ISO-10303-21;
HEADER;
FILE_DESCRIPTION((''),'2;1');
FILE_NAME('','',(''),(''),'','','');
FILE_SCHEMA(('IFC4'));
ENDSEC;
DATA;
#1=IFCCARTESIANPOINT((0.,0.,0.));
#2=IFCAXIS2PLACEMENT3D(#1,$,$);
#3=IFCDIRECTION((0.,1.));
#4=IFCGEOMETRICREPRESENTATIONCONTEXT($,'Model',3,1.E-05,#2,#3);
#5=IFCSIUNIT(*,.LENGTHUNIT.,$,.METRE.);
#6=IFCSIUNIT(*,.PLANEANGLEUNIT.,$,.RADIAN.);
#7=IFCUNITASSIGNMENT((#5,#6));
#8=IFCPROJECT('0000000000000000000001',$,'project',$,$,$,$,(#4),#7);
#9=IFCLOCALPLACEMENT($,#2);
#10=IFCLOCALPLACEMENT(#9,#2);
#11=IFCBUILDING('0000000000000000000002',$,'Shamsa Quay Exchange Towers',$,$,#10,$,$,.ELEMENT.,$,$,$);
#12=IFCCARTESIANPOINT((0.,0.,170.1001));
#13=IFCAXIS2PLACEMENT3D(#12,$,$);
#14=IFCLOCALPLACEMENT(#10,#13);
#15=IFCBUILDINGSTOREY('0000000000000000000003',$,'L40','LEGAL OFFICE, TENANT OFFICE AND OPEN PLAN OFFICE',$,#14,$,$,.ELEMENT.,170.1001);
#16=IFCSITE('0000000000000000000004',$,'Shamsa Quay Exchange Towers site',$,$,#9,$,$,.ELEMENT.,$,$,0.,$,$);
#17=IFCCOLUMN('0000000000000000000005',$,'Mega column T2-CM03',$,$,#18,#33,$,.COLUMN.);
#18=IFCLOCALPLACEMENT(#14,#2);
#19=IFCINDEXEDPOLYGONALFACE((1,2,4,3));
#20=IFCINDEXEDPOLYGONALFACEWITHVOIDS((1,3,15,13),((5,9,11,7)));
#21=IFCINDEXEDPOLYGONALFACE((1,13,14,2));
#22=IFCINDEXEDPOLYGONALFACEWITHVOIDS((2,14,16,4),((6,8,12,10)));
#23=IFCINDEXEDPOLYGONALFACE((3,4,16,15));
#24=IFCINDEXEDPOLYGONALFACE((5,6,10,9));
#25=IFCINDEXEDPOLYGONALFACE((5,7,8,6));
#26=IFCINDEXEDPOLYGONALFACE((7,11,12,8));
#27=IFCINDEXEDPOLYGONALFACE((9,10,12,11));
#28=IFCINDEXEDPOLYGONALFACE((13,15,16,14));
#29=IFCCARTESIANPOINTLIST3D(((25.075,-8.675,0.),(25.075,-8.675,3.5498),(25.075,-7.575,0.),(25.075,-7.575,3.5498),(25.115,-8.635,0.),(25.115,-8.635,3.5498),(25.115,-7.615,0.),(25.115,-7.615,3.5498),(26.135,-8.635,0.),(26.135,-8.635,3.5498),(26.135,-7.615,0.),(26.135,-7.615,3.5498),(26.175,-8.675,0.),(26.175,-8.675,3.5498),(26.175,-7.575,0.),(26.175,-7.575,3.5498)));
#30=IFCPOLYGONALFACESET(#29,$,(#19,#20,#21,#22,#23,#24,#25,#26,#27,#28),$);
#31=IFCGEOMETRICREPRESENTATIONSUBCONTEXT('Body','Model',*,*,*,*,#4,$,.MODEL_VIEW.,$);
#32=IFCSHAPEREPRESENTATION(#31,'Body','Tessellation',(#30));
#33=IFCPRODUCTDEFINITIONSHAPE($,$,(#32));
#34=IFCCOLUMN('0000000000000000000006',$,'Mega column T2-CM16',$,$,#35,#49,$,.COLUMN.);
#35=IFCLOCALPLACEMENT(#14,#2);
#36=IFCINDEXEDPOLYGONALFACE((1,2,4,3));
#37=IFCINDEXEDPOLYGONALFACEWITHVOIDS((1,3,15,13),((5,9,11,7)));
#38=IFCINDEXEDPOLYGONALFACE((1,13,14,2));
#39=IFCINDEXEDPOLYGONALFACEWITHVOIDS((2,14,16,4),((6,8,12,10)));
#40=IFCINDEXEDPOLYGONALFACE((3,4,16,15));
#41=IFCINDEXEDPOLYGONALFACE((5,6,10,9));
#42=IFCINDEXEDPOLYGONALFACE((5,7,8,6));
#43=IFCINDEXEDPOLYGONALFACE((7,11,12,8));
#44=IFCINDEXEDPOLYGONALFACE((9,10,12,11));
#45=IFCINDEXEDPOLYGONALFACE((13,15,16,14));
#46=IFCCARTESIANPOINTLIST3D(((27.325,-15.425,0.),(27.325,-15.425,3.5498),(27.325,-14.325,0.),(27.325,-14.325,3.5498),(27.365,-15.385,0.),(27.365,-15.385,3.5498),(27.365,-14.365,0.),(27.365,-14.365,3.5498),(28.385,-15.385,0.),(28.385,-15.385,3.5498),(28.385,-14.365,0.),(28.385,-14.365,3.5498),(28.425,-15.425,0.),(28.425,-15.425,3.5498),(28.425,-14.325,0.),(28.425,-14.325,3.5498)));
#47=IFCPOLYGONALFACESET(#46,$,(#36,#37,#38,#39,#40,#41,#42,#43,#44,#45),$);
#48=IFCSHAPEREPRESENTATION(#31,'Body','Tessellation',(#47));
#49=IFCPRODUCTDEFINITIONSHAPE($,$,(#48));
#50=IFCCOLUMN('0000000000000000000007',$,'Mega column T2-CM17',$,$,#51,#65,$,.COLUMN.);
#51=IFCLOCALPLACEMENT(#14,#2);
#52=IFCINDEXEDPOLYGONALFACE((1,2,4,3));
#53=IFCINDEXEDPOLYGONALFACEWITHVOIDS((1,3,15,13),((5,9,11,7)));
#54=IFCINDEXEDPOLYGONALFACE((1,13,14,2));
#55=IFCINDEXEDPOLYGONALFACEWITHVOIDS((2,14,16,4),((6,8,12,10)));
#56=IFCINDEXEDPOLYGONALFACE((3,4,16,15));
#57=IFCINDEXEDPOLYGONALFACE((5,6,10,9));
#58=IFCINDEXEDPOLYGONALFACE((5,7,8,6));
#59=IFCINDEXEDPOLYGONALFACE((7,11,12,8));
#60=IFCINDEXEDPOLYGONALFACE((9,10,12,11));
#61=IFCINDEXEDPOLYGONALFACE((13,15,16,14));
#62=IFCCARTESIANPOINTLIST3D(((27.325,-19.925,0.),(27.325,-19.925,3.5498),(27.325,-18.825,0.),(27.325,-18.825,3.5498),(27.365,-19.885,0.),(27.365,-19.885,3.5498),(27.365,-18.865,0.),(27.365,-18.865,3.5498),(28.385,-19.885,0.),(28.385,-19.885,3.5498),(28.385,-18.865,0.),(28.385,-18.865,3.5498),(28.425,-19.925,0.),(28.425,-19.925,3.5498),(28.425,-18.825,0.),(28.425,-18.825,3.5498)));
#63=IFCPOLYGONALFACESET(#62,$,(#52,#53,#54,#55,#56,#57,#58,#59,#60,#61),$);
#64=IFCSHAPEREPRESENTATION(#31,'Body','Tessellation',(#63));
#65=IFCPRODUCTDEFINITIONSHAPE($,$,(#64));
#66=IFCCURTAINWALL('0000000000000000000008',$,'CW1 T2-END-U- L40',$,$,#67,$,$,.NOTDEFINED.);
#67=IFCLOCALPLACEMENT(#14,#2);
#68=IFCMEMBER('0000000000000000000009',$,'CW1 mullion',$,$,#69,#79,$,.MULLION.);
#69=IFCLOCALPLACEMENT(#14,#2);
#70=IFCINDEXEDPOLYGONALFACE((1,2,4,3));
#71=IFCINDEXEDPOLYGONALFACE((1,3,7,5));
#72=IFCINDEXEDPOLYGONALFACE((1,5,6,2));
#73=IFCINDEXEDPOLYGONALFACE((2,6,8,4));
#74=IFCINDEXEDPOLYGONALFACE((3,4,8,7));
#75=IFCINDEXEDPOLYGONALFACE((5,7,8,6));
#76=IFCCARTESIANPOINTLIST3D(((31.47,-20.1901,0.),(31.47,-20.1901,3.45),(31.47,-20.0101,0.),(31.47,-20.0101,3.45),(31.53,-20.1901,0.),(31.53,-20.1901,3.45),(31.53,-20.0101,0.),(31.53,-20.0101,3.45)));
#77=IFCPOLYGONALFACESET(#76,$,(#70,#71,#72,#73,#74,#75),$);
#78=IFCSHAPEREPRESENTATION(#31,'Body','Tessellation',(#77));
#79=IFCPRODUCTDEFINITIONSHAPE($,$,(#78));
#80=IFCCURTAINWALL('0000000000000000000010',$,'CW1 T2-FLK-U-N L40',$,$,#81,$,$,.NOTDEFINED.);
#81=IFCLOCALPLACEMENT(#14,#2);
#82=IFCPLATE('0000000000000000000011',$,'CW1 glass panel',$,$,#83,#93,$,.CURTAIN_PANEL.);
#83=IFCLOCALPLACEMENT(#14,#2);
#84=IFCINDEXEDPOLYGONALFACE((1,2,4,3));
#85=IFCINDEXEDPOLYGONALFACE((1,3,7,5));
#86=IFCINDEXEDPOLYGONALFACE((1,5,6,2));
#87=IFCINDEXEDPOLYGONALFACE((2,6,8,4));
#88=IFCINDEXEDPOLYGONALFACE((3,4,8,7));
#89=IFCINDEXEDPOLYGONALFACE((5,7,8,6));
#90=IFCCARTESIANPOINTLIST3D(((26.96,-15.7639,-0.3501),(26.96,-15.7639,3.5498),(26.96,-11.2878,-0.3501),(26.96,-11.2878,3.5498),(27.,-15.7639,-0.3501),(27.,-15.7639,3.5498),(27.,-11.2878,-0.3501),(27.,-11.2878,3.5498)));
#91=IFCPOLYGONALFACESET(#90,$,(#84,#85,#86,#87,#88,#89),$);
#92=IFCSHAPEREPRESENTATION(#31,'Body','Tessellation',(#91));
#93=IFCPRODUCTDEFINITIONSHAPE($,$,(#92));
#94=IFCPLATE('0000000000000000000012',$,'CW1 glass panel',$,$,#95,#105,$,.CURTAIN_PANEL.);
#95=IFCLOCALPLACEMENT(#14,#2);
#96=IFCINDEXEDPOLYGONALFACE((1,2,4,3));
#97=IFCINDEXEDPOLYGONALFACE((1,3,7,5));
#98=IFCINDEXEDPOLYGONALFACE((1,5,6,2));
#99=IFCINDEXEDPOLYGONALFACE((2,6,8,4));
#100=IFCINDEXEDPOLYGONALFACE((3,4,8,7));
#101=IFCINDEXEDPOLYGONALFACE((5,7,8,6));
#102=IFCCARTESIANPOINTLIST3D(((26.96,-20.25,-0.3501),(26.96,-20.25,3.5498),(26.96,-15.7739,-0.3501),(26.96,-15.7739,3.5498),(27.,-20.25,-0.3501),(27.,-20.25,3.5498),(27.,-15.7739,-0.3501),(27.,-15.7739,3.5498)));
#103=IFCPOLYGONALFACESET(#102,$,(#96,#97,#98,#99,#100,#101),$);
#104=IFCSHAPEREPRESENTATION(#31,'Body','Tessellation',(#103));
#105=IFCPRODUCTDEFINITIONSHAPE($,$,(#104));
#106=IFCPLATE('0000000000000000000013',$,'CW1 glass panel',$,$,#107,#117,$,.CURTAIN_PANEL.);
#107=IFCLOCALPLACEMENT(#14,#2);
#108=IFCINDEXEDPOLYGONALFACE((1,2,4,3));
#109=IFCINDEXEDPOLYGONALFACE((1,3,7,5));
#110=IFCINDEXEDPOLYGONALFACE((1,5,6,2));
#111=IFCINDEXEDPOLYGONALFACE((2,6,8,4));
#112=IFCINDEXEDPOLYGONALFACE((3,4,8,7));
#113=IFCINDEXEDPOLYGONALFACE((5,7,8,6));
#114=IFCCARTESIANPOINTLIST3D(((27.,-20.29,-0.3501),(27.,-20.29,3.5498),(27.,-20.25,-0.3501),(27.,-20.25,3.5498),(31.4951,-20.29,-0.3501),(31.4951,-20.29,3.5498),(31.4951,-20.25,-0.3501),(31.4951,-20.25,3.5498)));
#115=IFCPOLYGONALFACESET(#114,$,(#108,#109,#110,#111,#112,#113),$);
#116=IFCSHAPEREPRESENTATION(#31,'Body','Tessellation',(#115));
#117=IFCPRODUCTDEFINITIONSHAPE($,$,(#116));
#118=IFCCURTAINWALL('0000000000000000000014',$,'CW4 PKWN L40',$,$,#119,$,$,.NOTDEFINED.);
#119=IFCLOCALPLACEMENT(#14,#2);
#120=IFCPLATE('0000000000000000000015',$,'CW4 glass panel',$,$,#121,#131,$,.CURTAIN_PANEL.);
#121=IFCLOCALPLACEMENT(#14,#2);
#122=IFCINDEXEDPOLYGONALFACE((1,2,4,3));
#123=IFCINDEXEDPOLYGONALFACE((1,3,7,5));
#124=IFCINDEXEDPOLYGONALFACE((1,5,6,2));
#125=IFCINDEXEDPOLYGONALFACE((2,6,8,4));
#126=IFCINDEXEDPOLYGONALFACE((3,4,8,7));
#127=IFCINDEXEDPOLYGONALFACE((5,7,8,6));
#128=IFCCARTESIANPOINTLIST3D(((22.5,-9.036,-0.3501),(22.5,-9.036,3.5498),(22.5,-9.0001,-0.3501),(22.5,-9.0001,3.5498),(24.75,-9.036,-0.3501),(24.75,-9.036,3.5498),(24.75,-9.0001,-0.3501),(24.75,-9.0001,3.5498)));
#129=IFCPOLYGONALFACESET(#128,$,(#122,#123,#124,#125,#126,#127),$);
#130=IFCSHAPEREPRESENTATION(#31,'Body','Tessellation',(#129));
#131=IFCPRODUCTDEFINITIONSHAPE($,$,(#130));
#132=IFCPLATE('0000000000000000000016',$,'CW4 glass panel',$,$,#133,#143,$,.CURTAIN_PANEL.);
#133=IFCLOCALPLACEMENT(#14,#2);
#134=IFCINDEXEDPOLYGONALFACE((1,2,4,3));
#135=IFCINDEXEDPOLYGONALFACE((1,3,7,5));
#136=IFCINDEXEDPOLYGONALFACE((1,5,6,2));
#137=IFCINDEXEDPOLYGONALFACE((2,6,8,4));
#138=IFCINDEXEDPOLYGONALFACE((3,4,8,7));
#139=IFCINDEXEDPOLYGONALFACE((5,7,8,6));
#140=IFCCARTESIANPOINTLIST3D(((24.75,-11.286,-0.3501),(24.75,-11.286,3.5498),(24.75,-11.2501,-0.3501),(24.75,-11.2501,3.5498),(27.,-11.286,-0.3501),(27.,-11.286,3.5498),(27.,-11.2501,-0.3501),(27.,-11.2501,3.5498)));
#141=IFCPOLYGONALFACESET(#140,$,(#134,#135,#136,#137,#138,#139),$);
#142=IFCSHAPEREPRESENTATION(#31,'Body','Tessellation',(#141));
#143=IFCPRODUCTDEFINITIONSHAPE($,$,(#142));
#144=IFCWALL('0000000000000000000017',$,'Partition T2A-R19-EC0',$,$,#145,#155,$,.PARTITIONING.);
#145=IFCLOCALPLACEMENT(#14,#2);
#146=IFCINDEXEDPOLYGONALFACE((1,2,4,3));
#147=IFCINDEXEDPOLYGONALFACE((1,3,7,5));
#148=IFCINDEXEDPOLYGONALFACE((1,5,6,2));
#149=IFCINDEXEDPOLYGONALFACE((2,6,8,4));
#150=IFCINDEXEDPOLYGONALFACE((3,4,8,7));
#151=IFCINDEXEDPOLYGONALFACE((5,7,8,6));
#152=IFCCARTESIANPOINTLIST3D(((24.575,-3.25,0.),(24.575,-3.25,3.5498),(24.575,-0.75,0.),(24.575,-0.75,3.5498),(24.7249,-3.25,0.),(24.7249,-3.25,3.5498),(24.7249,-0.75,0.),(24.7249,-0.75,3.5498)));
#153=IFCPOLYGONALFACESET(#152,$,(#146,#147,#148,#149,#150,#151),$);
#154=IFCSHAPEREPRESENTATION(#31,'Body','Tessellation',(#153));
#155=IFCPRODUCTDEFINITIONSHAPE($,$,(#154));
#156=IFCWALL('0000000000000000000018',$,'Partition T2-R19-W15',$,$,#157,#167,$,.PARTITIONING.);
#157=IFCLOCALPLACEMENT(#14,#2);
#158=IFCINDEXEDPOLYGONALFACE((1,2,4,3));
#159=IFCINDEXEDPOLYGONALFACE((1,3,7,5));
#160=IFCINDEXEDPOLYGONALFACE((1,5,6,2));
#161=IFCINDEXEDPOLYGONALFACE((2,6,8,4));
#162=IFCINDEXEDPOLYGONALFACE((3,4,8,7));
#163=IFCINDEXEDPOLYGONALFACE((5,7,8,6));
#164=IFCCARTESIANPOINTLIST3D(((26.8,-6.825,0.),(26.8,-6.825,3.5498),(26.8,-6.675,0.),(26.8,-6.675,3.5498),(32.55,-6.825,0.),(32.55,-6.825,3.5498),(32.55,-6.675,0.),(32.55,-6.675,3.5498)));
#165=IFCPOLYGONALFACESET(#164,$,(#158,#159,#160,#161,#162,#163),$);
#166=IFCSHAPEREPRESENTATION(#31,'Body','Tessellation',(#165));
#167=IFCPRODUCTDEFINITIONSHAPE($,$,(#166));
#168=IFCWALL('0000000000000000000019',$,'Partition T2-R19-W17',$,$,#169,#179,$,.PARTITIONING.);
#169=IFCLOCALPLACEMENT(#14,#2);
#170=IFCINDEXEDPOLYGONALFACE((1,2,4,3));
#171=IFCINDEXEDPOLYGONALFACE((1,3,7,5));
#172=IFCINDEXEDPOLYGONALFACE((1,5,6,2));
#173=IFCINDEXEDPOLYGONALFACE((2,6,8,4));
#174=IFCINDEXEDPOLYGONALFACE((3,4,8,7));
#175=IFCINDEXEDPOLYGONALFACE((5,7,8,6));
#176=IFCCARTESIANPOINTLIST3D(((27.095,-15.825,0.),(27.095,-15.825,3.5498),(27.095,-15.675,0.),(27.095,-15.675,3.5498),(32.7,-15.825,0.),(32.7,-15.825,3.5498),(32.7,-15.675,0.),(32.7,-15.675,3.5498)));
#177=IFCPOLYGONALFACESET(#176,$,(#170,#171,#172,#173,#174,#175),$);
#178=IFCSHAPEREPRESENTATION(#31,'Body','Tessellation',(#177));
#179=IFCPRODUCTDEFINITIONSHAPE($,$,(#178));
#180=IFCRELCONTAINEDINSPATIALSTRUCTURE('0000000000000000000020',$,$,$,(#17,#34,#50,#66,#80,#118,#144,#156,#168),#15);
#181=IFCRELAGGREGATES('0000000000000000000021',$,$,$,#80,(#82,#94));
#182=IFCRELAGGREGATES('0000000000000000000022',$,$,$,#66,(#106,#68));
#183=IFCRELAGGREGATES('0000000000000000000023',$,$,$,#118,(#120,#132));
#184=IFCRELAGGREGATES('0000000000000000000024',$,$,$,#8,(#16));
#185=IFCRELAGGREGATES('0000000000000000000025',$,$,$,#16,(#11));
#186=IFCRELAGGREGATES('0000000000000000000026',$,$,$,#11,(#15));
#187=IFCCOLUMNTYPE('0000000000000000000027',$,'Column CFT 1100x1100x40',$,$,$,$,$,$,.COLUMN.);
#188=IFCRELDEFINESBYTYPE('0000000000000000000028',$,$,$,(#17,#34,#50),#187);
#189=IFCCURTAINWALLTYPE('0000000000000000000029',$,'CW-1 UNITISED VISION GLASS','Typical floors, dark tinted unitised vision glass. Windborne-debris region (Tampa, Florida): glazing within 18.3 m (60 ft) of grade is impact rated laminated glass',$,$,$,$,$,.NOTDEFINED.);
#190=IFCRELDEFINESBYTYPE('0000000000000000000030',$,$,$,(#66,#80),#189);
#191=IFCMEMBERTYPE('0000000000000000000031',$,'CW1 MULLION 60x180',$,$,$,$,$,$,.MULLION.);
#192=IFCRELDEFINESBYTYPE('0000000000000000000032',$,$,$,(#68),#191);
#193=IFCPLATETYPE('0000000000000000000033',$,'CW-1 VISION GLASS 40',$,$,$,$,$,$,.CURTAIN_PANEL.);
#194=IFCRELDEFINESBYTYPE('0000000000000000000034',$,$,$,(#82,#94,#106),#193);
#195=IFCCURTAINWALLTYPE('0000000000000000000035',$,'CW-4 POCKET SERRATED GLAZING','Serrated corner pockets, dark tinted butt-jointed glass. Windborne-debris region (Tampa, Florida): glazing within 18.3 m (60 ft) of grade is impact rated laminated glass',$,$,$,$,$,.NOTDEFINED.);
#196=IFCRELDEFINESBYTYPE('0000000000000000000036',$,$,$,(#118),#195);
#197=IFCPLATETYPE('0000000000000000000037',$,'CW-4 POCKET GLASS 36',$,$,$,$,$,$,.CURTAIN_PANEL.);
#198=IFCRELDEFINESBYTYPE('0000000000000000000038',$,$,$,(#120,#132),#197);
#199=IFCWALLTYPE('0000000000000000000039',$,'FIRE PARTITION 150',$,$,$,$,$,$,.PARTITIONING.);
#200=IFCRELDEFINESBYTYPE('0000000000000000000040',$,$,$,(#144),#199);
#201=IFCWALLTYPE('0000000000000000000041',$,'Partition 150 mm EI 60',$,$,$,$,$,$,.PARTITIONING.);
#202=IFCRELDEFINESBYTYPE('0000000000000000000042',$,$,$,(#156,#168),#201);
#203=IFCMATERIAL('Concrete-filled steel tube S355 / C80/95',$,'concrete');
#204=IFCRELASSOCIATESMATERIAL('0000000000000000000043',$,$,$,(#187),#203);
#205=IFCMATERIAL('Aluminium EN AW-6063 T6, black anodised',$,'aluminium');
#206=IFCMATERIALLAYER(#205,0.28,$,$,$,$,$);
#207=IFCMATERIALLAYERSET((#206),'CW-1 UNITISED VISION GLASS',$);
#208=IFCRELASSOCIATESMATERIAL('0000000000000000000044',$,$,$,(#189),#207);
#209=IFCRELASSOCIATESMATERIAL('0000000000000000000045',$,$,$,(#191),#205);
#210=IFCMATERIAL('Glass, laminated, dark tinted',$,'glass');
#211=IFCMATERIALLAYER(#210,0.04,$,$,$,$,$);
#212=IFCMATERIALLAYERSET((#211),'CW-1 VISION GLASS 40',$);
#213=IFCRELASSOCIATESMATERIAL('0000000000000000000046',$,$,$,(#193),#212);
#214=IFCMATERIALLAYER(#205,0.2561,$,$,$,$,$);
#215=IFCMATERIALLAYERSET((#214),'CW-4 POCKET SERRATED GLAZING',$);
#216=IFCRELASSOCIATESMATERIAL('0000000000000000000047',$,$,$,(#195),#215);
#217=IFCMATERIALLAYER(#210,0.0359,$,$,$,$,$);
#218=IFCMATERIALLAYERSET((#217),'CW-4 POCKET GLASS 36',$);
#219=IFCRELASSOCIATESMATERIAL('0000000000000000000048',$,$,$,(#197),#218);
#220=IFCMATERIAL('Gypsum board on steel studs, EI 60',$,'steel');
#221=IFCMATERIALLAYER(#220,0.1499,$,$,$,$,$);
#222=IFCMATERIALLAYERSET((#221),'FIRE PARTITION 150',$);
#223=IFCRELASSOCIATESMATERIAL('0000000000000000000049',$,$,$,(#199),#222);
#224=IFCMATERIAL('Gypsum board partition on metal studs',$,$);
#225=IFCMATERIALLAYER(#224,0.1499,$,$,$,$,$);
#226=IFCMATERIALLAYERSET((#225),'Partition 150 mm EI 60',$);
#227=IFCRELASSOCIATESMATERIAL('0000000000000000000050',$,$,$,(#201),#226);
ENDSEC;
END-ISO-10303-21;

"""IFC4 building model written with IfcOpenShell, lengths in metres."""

from ifc_helpers import new_model, si_unit, direction, frame, frame_2d, origin, origin_2d, place, context, subcontext, project, spatial, rectangle, hollow_rectangle, extrude, material, layer, layer_set, material_profile, profile_set, type_object, element, aggregate, save


model = new_model("IFC4")

# Units and contexts
model_context = context("Model", 3, precision=1e-05, world=origin(), true_north=direction((0.0, 1.0)))
body_context = subcontext(model_context, "Body", "Model", "MODEL_VIEW")
ifc_project = project(units=[si_unit("LENGTHUNIT", "METRE"), si_unit("PLANEANGLEUNIT", "RADIAN")], contexts=[model_context])

# Site, building, storey
site_placement = place(None, origin())
site = spatial("IfcSite", under=ifc_project, at=site_placement, Name="Shamsa Quay Exchange Towers site", CompositionType="ELEMENT", RefElevation=0.0)
building_placement = place(site_placement, origin())
building = spatial("IfcBuilding", under=site, at=building_placement, Name="Shamsa Quay Exchange Towers", CompositionType="ELEMENT")
storey_placement = place(building_placement, frame((0.0, 0.0, 170.1001)))
storey = spatial("IfcBuildingStorey", under=building, at=storey_placement, Name="L40", Description="LEGAL OFFICE, TENANT OFFICE AND OPEN PLAN OFFICE", CompositionType="ELEMENT", Elevation=170.1001)

# Columns
ifc_material_1 = material(Name="Concrete-filled steel tube S355 / C80/95", Category="concrete")
ifc_material_profile_1 = material_profile(ifc_material_1, hollow_rectangle(XDim=1.1001, YDim=1.1001, WallThickness=0.04, at=origin_2d()), Name="CFT 1100x1100x40")
ifc_profile_set_1 = profile_set([ifc_material_profile_1], Name="Concrete-filled steel tube S355 / C80/95")
column_type = type_object("IfcColumnType", Name="Column CFT 1100x1100x40", PredefinedType="COLUMN", material=ifc_profile_set_1)
for number, where, name in (
    (1, (25.625, -8.125, 0.0), "Mega column T2-CM03"),
    (2, (27.875, -14.875, 0.0), "Mega column T2-CM16"),
    (3, (27.875, -19.375, 0.0), "Mega column T2-CM17"),
):
    element("IfcColumn", number, at=place(storey_placement, frame(where)), inside=storey, type_object=column_type, Name=name, PredefinedType="COLUMN", context=body_context, shape_type="SweptSolid", body=[
        extrude(hollow_rectangle(XDim=1.1001, YDim=1.1001, WallThickness=0.04, at=origin_2d()), origin(), (0.0, 0.0, 1.0), 3.5498),
    ])

# Curtain wall, member
ifc_material_2 = material(Name="Aluminium EN AW-6063 T6, black anodised", Category="aluminium")
ifc_layer_1 = layer(ifc_material_2, 0.28)
ifc_layer_set_1 = layer_set([ifc_layer_1], Name="CW-1 UNITISED VISION GLASS")
curtain_wall_type_1 = type_object("IfcCurtainWallType", Name="CW-1 UNITISED VISION GLASS", Description="Typical floors, dark tinted unitised vision glass. Windborne-debris region (Tampa, Florida): glazing within 18.3 m (60 ft) of grade is impact rated laminated glass", PredefinedType="NOTDEFINED", material=ifc_layer_set_1)
curtain_wall_1_placement = place(storey_placement, origin())
curtain_wall_1 = element("IfcCurtainWall", 4, at=curtain_wall_1_placement, inside=storey, type_object=curtain_wall_type_1, Name="CW1 T2-END-U- L40", PredefinedType="NOTDEFINED")
ifc_material_profile_2 = material_profile(ifc_material_2, rectangle(XDim=0.1799, YDim=0.0601, at=origin_2d()), Name="MU60x180")
ifc_profile_set_2 = profile_set([ifc_material_profile_2], Name="Aluminium EN AW-6063 T6, black anodised")
member_type = type_object("IfcMemberType", Name="CW1 MULLION 60x180", PredefinedType="MULLION", material=ifc_profile_set_2)
member_placement = place(storey_placement, frame((31.5, -20.1001, 0.0), z_axis=(0.0, 0.0, 1.0), x_axis=(0.0, 1.0, 0.0)))
member = element("IfcMember", 5, at=member_placement, type_object=member_type, Name="CW1 mullion", PredefinedType="MULLION", context=body_context, shape_type="SweptSolid", body=[
    extrude(rectangle(XDim=0.1799, YDim=0.0601, at=origin_2d()), origin(), (0.0, 0.0, 1.0), 3.45),
])

# Curtain wall, plates
curtain_wall_2_placement = place(storey_placement, origin())
curtain_wall_2 = element("IfcCurtainWall", 6, at=curtain_wall_2_placement, inside=storey, type_object=curtain_wall_type_1, Name="CW1 T2-FLK-U-N L40", PredefinedType="NOTDEFINED")
ifc_material_3 = material(Name="Glass, laminated, dark tinted", Category="glass")
ifc_layer_2 = layer(ifc_material_3, 0.04)
ifc_layer_set_2 = layer_set([ifc_layer_2], Name="CW-1 VISION GLASS 40")
plate_type_1 = type_object("IfcPlateType", Name="CW-1 VISION GLASS 40", PredefinedType="CURTAIN_PANEL", material=ifc_layer_set_2)
plate_1_placement = place(storey_placement, frame((26.98, -13.5259, -0.3501), z_axis=(0.0, 0.0, 1.0), x_axis=(0.0, -1.0, 0.0)))
plate_1 = element("IfcPlate", 7, at=plate_1_placement, type_object=plate_type_1, Name="CW1 glass panel", PredefinedType="CURTAIN_PANEL", context=body_context, shape_type="SweptSolid", body=[
    extrude(rectangle(XDim=4.4761, YDim=0.04, at=origin_2d()), origin(), (0.0, 0.0, 1.0), 3.8999),
])
plate_2_placement = place(storey_placement, frame((26.98, -18.012, -0.3501), z_axis=(0.0, 0.0, 1.0), x_axis=(0.0, -1.0, 0.0)))
plate_2 = element("IfcPlate", 8, at=plate_2_placement, type_object=plate_type_1, Name="CW1 glass panel", PredefinedType="CURTAIN_PANEL", context=body_context, shape_type="SweptSolid", body=[
    extrude(rectangle(XDim=4.4761, YDim=0.04, at=origin_2d()), origin(), (0.0, 0.0, 1.0), 3.8999),
])
aggregate(curtain_wall_2, [plate_1, plate_2])

# Plate
plate_3_placement = place(storey_placement, frame((29.2476, -20.27, -0.3501)))
plate_3 = element("IfcPlate", 9, at=plate_3_placement, type_object=plate_type_1, Name="CW1 glass panel", PredefinedType="CURTAIN_PANEL", context=body_context, shape_type="SweptSolid", body=[
    extrude(rectangle(XDim=4.4951, YDim=0.04, at=origin_2d()), origin(), (0.0, 0.0, 1.0), 3.8999),
])
aggregate(curtain_wall_1, [plate_3, member])

# Curtain wall, plates
ifc_layer_3 = layer(ifc_material_2, 0.2561)
ifc_layer_set_3 = layer_set([ifc_layer_3], Name="CW-4 POCKET SERRATED GLAZING")
curtain_wall_type_2 = type_object("IfcCurtainWallType", Name="CW-4 POCKET SERRATED GLAZING", Description="Serrated corner pockets, dark tinted butt-jointed glass. Windborne-debris region (Tampa, Florida): glazing within 18.3 m (60 ft) of grade is impact rated laminated glass", PredefinedType="NOTDEFINED", material=ifc_layer_set_3)
curtain_wall_3_placement = place(storey_placement, origin())
curtain_wall_3 = element("IfcCurtainWall", 10, at=curtain_wall_3_placement, inside=storey, type_object=curtain_wall_type_2, Name="CW4 PKWN L40", PredefinedType="NOTDEFINED")
ifc_layer_4 = layer(ifc_material_3, 0.0359)
ifc_layer_set_4 = layer_set([ifc_layer_4], Name="CW-4 POCKET GLASS 36")
plate_type_2 = type_object("IfcPlateType", Name="CW-4 POCKET GLASS 36", PredefinedType="CURTAIN_PANEL", material=ifc_layer_set_4)
plate_4_placement = place(storey_placement, frame((23.625, -9.0181, -0.3501)))
plate_4 = element("IfcPlate", 11, at=plate_4_placement, type_object=plate_type_2, Name="CW4 glass panel", PredefinedType="CURTAIN_PANEL", context=body_context, shape_type="SweptSolid", body=[
    extrude(rectangle(XDim=2.25, YDim=0.0359, at=origin_2d()), origin(), (0.0, 0.0, 1.0), 3.8999),
])
plate_5_placement = place(storey_placement, frame((25.875, -11.2681, -0.3501)))
plate_5 = element("IfcPlate", 12, at=plate_5_placement, type_object=plate_type_2, Name="CW4 glass panel", PredefinedType="CURTAIN_PANEL", context=body_context, shape_type="SweptSolid", body=[
    extrude(rectangle(XDim=2.25, YDim=0.0359, at=origin_2d()), origin(), (0.0, 0.0, 1.0), 3.8999),
])
aggregate(curtain_wall_3, [plate_4, plate_5])

# Walls
ifc_material_4 = material(Name="Gypsum board on steel studs, EI 60", Category="steel")
ifc_layer_5 = layer(ifc_material_4, 0.1499)
ifc_layer_set_5 = layer_set([ifc_layer_5], Name="FIRE PARTITION 150")
wall_type_1 = type_object("IfcWallType", Name="FIRE PARTITION 150", PredefinedType="PARTITIONING", material=ifc_layer_set_5)
wall_1_placement = place(storey_placement, frame((24.6499, -3.25, 0.0), z_axis=(0.0, 0.0, 1.0), x_axis=(0.0, 1.0, 0.0)))
element("IfcWall", 13, at=wall_1_placement, inside=storey, type_object=wall_type_1, Name="Partition T2A-R19-EC0", PredefinedType="PARTITIONING", context=body_context, shape_type="SweptSolid", body=[
    extrude(rectangle(XDim=2.5, YDim=0.1499, at=frame_2d((1.25, 0.0))), origin(), (0.0, 0.0, 1.0), 3.5498),
])
ifc_material_5 = material(Name="Gypsum board partition on metal studs")
ifc_layer_6 = layer(ifc_material_5, 0.1499)
ifc_layer_set_6 = layer_set([ifc_layer_6], Name="Partition 150 mm EI 60")
wall_type_2 = type_object("IfcWallType", Name="Partition 150 mm EI 60", PredefinedType="PARTITIONING", material=ifc_layer_set_6)
wall_2_placement = place(storey_placement, frame((26.8, -6.75, 0.0)))
element("IfcWall", 14, at=wall_2_placement, inside=storey, type_object=wall_type_2, Name="Partition T2-R19-W15", PredefinedType="PARTITIONING", context=body_context, shape_type="SweptSolid", body=[
    extrude(rectangle(XDim=5.75, YDim=0.1499, at=frame_2d((2.875, 0.0))), origin(), (0.0, 0.0, 1.0), 3.5498),
])
wall_3_placement = place(storey_placement, frame((27.095, -15.75, 0.0)))
element("IfcWall", 15, at=wall_3_placement, inside=storey, type_object=wall_type_2, Name="Partition T2-R19-W17", PredefinedType="PARTITIONING", context=body_context, shape_type="SweptSolid", body=[
    extrude(rectangle(XDim=5.605, YDim=0.1499, at=frame_2d((2.8025, 0.0))), origin(), (0.0, 0.0, 1.0), 3.5498),
])

save(model, "model.ifc")
